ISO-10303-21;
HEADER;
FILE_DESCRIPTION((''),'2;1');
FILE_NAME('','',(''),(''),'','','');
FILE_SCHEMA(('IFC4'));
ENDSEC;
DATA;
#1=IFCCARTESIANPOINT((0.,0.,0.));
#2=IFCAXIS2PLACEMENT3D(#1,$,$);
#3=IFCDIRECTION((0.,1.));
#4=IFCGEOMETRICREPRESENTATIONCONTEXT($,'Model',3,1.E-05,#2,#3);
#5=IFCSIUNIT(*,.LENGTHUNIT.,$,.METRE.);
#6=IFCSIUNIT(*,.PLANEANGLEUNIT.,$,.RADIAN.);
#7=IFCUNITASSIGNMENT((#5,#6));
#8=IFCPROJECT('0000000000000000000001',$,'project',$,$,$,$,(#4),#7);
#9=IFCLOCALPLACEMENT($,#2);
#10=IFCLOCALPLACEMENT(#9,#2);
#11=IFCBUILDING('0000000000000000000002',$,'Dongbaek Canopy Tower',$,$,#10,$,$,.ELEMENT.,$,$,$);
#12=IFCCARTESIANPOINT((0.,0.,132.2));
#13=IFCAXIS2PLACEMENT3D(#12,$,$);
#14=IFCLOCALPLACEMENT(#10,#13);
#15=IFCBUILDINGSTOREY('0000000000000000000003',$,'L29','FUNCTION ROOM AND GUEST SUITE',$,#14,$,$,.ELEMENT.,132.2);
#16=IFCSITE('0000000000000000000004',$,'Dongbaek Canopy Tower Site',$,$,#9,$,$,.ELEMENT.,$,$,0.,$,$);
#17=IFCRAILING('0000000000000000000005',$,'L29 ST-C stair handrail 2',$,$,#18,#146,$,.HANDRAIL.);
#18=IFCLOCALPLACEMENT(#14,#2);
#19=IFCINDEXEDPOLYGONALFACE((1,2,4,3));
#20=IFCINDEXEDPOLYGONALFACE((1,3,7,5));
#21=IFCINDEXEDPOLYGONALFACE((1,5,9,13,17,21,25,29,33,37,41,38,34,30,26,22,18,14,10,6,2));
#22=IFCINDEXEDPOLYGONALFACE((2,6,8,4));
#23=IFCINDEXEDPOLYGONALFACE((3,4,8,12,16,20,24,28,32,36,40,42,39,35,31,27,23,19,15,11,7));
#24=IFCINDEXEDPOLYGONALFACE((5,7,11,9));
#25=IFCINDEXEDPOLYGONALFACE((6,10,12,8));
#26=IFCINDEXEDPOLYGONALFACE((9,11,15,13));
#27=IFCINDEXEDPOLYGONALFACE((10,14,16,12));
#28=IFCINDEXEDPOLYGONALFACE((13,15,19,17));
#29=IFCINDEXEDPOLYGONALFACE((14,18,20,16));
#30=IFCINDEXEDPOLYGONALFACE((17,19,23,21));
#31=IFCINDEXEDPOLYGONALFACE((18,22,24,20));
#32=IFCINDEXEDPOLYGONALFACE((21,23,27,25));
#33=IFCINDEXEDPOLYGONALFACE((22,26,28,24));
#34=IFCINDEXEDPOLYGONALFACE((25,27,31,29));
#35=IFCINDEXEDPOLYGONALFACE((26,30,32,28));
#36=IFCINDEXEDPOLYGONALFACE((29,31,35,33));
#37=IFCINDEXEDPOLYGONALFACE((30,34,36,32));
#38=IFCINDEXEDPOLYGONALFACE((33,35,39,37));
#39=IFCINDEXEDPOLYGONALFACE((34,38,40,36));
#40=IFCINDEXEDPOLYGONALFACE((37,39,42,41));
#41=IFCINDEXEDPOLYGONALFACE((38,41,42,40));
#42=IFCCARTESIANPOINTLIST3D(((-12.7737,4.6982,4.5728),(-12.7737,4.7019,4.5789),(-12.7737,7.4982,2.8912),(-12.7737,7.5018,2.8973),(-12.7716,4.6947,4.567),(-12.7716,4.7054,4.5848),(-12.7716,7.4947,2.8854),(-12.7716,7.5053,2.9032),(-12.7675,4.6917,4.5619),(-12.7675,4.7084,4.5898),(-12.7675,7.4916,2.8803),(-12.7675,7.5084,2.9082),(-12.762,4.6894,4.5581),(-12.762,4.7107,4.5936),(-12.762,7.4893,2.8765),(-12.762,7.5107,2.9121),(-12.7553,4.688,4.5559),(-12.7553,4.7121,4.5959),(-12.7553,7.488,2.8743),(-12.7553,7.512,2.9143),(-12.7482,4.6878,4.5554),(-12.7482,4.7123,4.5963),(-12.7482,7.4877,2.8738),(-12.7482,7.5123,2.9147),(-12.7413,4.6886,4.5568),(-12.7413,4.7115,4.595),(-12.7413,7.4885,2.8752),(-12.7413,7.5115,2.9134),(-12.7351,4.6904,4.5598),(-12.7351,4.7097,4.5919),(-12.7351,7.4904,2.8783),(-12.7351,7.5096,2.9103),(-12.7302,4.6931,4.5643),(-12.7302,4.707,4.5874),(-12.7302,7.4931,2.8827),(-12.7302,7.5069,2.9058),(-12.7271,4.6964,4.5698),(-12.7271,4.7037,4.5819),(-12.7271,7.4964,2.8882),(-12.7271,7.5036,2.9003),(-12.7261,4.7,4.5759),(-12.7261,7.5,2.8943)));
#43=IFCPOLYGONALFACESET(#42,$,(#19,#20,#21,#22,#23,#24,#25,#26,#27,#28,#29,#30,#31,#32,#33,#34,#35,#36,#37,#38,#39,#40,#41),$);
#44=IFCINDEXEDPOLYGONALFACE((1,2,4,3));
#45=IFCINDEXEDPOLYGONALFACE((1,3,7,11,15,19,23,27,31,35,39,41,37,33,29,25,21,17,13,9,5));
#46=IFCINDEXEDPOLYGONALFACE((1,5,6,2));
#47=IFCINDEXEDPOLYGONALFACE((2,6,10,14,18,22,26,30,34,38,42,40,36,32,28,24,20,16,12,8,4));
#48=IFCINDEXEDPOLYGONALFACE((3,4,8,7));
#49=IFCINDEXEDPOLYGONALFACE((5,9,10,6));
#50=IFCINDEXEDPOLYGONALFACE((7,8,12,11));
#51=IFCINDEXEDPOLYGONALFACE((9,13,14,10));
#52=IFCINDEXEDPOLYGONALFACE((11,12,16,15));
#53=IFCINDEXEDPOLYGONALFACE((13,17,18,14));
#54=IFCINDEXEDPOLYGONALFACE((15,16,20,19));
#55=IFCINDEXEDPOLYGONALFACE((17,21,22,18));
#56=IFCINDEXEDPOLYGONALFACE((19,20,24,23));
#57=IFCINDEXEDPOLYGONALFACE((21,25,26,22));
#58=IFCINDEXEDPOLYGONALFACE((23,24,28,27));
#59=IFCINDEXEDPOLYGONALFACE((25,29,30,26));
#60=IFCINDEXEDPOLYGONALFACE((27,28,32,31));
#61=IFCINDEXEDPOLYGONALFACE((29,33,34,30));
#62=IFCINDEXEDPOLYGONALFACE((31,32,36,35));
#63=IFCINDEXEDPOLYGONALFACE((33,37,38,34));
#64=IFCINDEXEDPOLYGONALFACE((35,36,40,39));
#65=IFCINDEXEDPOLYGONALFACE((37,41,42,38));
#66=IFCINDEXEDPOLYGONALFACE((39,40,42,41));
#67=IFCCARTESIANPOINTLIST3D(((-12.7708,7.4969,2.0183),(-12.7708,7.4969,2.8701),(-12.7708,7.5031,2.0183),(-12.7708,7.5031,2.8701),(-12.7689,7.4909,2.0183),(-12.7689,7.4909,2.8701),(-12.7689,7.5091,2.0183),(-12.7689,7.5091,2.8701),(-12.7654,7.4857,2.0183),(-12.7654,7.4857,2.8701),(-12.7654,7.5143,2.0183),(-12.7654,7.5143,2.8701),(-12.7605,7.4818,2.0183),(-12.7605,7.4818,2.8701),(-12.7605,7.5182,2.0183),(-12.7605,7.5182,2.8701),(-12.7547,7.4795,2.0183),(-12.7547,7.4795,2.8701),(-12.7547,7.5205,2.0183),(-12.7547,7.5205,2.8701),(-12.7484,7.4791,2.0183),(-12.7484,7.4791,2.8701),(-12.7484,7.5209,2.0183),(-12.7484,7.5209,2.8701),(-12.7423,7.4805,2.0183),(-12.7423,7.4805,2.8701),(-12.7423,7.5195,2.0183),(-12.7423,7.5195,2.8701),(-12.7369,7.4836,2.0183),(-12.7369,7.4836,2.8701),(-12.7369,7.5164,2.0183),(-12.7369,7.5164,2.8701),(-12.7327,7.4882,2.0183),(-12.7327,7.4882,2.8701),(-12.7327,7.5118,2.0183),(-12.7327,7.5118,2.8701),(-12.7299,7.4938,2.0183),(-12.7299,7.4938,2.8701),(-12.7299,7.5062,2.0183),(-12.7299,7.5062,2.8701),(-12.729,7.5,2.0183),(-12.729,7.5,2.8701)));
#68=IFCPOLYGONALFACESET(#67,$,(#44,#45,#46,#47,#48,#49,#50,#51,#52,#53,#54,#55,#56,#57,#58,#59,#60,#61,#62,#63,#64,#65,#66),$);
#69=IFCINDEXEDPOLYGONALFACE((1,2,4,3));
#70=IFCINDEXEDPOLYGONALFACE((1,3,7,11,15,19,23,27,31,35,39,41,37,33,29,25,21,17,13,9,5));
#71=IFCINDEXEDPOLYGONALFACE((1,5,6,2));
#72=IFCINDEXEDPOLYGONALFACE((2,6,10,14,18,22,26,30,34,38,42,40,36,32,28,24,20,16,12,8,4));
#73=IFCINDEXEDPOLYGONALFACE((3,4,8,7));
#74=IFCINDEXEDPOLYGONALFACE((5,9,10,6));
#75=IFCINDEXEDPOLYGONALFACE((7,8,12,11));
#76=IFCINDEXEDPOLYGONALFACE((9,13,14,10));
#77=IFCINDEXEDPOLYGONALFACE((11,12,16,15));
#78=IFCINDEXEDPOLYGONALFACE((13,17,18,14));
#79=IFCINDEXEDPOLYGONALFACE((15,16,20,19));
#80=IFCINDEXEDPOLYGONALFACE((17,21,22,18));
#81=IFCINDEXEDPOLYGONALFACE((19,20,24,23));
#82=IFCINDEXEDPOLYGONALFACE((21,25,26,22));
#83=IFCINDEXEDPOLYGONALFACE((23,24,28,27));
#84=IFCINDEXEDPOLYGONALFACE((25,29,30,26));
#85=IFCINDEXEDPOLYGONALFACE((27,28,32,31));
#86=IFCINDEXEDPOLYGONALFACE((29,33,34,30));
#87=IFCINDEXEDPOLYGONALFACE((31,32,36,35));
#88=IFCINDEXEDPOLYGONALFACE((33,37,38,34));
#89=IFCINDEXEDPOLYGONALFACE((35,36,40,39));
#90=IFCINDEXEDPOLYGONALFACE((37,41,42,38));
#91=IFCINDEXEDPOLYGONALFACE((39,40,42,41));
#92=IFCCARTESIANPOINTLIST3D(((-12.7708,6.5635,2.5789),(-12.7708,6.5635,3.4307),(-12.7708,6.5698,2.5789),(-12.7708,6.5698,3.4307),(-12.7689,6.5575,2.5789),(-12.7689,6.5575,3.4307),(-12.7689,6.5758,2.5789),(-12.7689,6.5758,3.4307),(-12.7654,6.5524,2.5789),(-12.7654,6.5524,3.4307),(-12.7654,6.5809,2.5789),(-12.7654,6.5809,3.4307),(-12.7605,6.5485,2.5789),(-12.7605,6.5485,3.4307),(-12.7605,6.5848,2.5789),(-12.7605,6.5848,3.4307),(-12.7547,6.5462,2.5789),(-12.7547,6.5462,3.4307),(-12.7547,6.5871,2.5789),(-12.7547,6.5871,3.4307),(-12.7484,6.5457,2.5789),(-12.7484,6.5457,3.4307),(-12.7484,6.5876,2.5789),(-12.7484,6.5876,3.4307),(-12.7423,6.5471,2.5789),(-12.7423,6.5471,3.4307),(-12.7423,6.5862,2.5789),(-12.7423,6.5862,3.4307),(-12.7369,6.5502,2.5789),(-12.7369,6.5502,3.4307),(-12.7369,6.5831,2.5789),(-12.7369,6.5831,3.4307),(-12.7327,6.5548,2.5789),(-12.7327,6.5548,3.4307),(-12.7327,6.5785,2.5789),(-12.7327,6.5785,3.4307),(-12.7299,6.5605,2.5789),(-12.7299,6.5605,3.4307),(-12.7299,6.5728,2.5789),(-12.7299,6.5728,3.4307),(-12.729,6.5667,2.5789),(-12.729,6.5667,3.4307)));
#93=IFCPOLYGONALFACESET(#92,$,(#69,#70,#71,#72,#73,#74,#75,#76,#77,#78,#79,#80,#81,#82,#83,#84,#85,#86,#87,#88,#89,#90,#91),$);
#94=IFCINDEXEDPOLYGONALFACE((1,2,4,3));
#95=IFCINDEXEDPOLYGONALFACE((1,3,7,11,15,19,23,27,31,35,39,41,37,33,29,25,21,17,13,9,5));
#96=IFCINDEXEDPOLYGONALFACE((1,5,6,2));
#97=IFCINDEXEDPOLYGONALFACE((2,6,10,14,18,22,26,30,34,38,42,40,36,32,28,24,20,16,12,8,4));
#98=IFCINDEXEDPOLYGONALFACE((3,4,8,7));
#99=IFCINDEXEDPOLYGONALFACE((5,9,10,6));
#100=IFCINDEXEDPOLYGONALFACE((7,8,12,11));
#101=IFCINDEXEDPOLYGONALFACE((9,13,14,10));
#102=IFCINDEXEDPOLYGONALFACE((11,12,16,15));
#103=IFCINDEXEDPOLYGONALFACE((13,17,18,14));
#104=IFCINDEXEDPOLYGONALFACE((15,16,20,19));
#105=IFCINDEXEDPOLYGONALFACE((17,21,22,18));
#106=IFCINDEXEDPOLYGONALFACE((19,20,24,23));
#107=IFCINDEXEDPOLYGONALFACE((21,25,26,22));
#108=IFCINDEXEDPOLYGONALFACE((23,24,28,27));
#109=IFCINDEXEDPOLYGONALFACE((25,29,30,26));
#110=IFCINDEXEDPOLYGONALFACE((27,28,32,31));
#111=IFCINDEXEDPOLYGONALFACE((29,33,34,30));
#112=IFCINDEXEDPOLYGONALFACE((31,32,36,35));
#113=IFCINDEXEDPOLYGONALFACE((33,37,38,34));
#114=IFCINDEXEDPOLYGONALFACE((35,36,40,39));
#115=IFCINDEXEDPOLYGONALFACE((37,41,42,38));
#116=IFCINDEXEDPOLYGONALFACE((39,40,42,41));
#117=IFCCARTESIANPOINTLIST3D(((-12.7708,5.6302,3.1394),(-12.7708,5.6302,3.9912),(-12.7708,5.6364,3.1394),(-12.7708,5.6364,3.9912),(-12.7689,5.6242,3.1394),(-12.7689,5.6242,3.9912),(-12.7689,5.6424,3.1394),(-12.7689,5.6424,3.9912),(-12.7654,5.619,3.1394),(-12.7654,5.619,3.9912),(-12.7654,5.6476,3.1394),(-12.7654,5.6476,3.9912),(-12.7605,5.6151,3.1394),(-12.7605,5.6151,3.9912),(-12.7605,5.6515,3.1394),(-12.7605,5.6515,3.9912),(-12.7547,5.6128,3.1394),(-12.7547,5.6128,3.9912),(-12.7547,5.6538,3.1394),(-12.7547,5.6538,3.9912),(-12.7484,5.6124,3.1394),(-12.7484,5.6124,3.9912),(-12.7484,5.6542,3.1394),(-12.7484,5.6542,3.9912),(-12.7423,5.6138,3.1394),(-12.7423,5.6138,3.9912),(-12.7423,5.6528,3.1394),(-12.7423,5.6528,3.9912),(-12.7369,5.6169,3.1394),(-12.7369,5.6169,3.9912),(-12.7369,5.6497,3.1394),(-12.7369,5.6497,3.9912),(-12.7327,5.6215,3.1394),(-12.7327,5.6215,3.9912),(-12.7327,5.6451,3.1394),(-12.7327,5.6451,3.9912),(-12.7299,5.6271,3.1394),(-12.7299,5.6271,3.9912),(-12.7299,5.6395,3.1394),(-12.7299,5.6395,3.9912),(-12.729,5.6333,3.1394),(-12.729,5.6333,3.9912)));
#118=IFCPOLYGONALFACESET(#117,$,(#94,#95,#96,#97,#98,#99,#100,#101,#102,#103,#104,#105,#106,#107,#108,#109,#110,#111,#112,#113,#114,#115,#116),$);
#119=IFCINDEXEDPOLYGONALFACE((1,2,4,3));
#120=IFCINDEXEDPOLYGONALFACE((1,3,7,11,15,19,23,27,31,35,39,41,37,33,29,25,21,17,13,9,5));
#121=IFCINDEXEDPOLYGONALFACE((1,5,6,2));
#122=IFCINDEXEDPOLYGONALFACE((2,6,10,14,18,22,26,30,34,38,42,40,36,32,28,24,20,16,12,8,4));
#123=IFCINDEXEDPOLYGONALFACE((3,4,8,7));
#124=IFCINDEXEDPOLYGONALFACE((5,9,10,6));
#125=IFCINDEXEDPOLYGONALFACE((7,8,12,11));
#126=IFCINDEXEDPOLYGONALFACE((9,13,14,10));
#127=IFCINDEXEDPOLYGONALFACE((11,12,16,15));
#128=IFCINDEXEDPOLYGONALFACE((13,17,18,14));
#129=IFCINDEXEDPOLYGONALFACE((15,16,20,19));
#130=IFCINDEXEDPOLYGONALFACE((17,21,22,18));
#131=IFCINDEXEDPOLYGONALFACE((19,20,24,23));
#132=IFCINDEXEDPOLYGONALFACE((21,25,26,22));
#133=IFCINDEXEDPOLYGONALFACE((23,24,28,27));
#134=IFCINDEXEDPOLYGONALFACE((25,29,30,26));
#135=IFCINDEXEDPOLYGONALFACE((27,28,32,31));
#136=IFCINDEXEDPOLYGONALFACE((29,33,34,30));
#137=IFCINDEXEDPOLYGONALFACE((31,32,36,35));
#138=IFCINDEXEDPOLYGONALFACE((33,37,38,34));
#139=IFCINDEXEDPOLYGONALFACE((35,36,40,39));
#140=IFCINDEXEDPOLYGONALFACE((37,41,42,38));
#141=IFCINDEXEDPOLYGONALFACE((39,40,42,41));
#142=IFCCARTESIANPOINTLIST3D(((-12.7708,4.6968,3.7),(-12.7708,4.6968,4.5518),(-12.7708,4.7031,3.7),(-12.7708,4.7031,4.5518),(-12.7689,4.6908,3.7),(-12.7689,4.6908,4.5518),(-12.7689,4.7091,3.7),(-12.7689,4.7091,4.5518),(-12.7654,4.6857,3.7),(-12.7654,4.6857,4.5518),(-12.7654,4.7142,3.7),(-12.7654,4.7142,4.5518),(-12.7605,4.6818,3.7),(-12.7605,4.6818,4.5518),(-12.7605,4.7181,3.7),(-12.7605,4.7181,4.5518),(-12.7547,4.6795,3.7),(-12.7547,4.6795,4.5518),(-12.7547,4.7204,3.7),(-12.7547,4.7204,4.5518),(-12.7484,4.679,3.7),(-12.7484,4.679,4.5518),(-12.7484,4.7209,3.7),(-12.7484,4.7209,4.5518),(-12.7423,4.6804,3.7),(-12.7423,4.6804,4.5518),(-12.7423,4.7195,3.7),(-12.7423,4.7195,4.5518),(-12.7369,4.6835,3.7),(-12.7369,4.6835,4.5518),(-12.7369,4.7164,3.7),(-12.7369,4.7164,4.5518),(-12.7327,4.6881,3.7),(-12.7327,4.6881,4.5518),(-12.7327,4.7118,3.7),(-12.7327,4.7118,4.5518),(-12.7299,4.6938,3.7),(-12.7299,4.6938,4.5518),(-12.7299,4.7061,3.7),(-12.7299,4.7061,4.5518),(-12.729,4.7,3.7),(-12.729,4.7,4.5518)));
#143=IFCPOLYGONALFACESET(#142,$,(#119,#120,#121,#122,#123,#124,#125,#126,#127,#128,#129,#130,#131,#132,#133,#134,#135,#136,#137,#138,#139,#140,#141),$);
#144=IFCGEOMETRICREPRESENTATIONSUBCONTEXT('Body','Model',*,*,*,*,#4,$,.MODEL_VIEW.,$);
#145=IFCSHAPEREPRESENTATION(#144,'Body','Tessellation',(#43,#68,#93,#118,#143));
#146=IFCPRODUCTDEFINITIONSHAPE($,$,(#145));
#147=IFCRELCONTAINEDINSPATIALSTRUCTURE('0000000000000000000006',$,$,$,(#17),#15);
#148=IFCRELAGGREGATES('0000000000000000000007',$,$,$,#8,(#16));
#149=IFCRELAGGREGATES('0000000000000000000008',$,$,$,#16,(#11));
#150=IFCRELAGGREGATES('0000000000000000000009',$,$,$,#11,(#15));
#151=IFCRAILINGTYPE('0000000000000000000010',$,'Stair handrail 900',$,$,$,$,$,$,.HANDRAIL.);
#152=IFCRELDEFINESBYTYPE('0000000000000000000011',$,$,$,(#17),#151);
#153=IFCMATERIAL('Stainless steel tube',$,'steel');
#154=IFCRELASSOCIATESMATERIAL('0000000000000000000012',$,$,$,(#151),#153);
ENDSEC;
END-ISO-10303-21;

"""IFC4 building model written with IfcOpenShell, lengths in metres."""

from ifc_helpers import new_model, si_unit, direction, frame, origin, origin_2d, place, context, subcontext, project, spatial, circle, extrude, material, type_object, element, save


model = new_model("IFC4")

# Units and contexts
model_context = context("Model", 3, precision=1e-05, world=origin(), true_north=direction((0.0, 1.0)))
body_context = subcontext(model_context, "Body", "Model", "MODEL_VIEW")
ifc_project = project(units=[si_unit("LENGTHUNIT", "METRE"), si_unit("PLANEANGLEUNIT", "RADIAN")], contexts=[model_context])

# Site, building, storey
site_placement = place(None, origin())
site = spatial("IfcSite", under=ifc_project, at=site_placement, Name="Dongbaek Canopy Tower Site", CompositionType="ELEMENT", RefElevation=0.0)
building_placement = place(site_placement, origin())
building = spatial("IfcBuilding", under=site, at=building_placement, Name="Dongbaek Canopy Tower", CompositionType="ELEMENT")
storey_placement = place(building_placement, frame((0.0, 0.0, 132.2)))
storey = spatial("IfcBuildingStorey", under=building, at=storey_placement, Name="L29", Description="FUNCTION ROOM AND GUEST SUITE", CompositionType="ELEMENT", Elevation=132.2)

# Railing
ifc_material_1 = material(Name="Stainless steel tube", Category="steel")
railing_type_1 = type_object("IfcRailingType", Name="Stair handrail 900", PredefinedType="HANDRAIL", material=ifc_material_1)
railing_1_placement = place(storey_placement, frame((-12.75, 7.5, 2.0183)))
element("IfcRailing", 1, at=railing_1_placement, inside=storey, type_object=railing_type_1, Name="L29 ST-C stair handrail 2", PredefinedType="HANDRAIL", context=body_context, shape_type="SweptSolid", body=[
    extrude(circle(Radius=0.0239, at=origin_2d()), frame((0.0, 0.0, 0.876), z_axis=(0.0, -0.857275, 0.514858), x_axis=(1.0, 0.0, 0.0)), (0.0, 0.0, 1.0), 3.2661),
    extrude(circle(Radius=0.021, at=origin_2d()), origin(), (0.0, 0.0, 1.0), 0.8518),
    extrude(circle(Radius=0.021, at=origin_2d()), frame((0.0, -0.9333, 0.5605)), (0.0, 0.0, 1.0), 0.8518),
    extrude(circle(Radius=0.021, at=origin_2d()), frame((0.0, -1.8667, 1.1211)), (0.0, 0.0, 1.0), 0.8518),
    extrude(circle(Radius=0.021, at=origin_2d()), frame((0.0, -2.8, 1.6816)), (0.0, 0.0, 1.0), 0.8518),
])

save(model, "model.ifc")
